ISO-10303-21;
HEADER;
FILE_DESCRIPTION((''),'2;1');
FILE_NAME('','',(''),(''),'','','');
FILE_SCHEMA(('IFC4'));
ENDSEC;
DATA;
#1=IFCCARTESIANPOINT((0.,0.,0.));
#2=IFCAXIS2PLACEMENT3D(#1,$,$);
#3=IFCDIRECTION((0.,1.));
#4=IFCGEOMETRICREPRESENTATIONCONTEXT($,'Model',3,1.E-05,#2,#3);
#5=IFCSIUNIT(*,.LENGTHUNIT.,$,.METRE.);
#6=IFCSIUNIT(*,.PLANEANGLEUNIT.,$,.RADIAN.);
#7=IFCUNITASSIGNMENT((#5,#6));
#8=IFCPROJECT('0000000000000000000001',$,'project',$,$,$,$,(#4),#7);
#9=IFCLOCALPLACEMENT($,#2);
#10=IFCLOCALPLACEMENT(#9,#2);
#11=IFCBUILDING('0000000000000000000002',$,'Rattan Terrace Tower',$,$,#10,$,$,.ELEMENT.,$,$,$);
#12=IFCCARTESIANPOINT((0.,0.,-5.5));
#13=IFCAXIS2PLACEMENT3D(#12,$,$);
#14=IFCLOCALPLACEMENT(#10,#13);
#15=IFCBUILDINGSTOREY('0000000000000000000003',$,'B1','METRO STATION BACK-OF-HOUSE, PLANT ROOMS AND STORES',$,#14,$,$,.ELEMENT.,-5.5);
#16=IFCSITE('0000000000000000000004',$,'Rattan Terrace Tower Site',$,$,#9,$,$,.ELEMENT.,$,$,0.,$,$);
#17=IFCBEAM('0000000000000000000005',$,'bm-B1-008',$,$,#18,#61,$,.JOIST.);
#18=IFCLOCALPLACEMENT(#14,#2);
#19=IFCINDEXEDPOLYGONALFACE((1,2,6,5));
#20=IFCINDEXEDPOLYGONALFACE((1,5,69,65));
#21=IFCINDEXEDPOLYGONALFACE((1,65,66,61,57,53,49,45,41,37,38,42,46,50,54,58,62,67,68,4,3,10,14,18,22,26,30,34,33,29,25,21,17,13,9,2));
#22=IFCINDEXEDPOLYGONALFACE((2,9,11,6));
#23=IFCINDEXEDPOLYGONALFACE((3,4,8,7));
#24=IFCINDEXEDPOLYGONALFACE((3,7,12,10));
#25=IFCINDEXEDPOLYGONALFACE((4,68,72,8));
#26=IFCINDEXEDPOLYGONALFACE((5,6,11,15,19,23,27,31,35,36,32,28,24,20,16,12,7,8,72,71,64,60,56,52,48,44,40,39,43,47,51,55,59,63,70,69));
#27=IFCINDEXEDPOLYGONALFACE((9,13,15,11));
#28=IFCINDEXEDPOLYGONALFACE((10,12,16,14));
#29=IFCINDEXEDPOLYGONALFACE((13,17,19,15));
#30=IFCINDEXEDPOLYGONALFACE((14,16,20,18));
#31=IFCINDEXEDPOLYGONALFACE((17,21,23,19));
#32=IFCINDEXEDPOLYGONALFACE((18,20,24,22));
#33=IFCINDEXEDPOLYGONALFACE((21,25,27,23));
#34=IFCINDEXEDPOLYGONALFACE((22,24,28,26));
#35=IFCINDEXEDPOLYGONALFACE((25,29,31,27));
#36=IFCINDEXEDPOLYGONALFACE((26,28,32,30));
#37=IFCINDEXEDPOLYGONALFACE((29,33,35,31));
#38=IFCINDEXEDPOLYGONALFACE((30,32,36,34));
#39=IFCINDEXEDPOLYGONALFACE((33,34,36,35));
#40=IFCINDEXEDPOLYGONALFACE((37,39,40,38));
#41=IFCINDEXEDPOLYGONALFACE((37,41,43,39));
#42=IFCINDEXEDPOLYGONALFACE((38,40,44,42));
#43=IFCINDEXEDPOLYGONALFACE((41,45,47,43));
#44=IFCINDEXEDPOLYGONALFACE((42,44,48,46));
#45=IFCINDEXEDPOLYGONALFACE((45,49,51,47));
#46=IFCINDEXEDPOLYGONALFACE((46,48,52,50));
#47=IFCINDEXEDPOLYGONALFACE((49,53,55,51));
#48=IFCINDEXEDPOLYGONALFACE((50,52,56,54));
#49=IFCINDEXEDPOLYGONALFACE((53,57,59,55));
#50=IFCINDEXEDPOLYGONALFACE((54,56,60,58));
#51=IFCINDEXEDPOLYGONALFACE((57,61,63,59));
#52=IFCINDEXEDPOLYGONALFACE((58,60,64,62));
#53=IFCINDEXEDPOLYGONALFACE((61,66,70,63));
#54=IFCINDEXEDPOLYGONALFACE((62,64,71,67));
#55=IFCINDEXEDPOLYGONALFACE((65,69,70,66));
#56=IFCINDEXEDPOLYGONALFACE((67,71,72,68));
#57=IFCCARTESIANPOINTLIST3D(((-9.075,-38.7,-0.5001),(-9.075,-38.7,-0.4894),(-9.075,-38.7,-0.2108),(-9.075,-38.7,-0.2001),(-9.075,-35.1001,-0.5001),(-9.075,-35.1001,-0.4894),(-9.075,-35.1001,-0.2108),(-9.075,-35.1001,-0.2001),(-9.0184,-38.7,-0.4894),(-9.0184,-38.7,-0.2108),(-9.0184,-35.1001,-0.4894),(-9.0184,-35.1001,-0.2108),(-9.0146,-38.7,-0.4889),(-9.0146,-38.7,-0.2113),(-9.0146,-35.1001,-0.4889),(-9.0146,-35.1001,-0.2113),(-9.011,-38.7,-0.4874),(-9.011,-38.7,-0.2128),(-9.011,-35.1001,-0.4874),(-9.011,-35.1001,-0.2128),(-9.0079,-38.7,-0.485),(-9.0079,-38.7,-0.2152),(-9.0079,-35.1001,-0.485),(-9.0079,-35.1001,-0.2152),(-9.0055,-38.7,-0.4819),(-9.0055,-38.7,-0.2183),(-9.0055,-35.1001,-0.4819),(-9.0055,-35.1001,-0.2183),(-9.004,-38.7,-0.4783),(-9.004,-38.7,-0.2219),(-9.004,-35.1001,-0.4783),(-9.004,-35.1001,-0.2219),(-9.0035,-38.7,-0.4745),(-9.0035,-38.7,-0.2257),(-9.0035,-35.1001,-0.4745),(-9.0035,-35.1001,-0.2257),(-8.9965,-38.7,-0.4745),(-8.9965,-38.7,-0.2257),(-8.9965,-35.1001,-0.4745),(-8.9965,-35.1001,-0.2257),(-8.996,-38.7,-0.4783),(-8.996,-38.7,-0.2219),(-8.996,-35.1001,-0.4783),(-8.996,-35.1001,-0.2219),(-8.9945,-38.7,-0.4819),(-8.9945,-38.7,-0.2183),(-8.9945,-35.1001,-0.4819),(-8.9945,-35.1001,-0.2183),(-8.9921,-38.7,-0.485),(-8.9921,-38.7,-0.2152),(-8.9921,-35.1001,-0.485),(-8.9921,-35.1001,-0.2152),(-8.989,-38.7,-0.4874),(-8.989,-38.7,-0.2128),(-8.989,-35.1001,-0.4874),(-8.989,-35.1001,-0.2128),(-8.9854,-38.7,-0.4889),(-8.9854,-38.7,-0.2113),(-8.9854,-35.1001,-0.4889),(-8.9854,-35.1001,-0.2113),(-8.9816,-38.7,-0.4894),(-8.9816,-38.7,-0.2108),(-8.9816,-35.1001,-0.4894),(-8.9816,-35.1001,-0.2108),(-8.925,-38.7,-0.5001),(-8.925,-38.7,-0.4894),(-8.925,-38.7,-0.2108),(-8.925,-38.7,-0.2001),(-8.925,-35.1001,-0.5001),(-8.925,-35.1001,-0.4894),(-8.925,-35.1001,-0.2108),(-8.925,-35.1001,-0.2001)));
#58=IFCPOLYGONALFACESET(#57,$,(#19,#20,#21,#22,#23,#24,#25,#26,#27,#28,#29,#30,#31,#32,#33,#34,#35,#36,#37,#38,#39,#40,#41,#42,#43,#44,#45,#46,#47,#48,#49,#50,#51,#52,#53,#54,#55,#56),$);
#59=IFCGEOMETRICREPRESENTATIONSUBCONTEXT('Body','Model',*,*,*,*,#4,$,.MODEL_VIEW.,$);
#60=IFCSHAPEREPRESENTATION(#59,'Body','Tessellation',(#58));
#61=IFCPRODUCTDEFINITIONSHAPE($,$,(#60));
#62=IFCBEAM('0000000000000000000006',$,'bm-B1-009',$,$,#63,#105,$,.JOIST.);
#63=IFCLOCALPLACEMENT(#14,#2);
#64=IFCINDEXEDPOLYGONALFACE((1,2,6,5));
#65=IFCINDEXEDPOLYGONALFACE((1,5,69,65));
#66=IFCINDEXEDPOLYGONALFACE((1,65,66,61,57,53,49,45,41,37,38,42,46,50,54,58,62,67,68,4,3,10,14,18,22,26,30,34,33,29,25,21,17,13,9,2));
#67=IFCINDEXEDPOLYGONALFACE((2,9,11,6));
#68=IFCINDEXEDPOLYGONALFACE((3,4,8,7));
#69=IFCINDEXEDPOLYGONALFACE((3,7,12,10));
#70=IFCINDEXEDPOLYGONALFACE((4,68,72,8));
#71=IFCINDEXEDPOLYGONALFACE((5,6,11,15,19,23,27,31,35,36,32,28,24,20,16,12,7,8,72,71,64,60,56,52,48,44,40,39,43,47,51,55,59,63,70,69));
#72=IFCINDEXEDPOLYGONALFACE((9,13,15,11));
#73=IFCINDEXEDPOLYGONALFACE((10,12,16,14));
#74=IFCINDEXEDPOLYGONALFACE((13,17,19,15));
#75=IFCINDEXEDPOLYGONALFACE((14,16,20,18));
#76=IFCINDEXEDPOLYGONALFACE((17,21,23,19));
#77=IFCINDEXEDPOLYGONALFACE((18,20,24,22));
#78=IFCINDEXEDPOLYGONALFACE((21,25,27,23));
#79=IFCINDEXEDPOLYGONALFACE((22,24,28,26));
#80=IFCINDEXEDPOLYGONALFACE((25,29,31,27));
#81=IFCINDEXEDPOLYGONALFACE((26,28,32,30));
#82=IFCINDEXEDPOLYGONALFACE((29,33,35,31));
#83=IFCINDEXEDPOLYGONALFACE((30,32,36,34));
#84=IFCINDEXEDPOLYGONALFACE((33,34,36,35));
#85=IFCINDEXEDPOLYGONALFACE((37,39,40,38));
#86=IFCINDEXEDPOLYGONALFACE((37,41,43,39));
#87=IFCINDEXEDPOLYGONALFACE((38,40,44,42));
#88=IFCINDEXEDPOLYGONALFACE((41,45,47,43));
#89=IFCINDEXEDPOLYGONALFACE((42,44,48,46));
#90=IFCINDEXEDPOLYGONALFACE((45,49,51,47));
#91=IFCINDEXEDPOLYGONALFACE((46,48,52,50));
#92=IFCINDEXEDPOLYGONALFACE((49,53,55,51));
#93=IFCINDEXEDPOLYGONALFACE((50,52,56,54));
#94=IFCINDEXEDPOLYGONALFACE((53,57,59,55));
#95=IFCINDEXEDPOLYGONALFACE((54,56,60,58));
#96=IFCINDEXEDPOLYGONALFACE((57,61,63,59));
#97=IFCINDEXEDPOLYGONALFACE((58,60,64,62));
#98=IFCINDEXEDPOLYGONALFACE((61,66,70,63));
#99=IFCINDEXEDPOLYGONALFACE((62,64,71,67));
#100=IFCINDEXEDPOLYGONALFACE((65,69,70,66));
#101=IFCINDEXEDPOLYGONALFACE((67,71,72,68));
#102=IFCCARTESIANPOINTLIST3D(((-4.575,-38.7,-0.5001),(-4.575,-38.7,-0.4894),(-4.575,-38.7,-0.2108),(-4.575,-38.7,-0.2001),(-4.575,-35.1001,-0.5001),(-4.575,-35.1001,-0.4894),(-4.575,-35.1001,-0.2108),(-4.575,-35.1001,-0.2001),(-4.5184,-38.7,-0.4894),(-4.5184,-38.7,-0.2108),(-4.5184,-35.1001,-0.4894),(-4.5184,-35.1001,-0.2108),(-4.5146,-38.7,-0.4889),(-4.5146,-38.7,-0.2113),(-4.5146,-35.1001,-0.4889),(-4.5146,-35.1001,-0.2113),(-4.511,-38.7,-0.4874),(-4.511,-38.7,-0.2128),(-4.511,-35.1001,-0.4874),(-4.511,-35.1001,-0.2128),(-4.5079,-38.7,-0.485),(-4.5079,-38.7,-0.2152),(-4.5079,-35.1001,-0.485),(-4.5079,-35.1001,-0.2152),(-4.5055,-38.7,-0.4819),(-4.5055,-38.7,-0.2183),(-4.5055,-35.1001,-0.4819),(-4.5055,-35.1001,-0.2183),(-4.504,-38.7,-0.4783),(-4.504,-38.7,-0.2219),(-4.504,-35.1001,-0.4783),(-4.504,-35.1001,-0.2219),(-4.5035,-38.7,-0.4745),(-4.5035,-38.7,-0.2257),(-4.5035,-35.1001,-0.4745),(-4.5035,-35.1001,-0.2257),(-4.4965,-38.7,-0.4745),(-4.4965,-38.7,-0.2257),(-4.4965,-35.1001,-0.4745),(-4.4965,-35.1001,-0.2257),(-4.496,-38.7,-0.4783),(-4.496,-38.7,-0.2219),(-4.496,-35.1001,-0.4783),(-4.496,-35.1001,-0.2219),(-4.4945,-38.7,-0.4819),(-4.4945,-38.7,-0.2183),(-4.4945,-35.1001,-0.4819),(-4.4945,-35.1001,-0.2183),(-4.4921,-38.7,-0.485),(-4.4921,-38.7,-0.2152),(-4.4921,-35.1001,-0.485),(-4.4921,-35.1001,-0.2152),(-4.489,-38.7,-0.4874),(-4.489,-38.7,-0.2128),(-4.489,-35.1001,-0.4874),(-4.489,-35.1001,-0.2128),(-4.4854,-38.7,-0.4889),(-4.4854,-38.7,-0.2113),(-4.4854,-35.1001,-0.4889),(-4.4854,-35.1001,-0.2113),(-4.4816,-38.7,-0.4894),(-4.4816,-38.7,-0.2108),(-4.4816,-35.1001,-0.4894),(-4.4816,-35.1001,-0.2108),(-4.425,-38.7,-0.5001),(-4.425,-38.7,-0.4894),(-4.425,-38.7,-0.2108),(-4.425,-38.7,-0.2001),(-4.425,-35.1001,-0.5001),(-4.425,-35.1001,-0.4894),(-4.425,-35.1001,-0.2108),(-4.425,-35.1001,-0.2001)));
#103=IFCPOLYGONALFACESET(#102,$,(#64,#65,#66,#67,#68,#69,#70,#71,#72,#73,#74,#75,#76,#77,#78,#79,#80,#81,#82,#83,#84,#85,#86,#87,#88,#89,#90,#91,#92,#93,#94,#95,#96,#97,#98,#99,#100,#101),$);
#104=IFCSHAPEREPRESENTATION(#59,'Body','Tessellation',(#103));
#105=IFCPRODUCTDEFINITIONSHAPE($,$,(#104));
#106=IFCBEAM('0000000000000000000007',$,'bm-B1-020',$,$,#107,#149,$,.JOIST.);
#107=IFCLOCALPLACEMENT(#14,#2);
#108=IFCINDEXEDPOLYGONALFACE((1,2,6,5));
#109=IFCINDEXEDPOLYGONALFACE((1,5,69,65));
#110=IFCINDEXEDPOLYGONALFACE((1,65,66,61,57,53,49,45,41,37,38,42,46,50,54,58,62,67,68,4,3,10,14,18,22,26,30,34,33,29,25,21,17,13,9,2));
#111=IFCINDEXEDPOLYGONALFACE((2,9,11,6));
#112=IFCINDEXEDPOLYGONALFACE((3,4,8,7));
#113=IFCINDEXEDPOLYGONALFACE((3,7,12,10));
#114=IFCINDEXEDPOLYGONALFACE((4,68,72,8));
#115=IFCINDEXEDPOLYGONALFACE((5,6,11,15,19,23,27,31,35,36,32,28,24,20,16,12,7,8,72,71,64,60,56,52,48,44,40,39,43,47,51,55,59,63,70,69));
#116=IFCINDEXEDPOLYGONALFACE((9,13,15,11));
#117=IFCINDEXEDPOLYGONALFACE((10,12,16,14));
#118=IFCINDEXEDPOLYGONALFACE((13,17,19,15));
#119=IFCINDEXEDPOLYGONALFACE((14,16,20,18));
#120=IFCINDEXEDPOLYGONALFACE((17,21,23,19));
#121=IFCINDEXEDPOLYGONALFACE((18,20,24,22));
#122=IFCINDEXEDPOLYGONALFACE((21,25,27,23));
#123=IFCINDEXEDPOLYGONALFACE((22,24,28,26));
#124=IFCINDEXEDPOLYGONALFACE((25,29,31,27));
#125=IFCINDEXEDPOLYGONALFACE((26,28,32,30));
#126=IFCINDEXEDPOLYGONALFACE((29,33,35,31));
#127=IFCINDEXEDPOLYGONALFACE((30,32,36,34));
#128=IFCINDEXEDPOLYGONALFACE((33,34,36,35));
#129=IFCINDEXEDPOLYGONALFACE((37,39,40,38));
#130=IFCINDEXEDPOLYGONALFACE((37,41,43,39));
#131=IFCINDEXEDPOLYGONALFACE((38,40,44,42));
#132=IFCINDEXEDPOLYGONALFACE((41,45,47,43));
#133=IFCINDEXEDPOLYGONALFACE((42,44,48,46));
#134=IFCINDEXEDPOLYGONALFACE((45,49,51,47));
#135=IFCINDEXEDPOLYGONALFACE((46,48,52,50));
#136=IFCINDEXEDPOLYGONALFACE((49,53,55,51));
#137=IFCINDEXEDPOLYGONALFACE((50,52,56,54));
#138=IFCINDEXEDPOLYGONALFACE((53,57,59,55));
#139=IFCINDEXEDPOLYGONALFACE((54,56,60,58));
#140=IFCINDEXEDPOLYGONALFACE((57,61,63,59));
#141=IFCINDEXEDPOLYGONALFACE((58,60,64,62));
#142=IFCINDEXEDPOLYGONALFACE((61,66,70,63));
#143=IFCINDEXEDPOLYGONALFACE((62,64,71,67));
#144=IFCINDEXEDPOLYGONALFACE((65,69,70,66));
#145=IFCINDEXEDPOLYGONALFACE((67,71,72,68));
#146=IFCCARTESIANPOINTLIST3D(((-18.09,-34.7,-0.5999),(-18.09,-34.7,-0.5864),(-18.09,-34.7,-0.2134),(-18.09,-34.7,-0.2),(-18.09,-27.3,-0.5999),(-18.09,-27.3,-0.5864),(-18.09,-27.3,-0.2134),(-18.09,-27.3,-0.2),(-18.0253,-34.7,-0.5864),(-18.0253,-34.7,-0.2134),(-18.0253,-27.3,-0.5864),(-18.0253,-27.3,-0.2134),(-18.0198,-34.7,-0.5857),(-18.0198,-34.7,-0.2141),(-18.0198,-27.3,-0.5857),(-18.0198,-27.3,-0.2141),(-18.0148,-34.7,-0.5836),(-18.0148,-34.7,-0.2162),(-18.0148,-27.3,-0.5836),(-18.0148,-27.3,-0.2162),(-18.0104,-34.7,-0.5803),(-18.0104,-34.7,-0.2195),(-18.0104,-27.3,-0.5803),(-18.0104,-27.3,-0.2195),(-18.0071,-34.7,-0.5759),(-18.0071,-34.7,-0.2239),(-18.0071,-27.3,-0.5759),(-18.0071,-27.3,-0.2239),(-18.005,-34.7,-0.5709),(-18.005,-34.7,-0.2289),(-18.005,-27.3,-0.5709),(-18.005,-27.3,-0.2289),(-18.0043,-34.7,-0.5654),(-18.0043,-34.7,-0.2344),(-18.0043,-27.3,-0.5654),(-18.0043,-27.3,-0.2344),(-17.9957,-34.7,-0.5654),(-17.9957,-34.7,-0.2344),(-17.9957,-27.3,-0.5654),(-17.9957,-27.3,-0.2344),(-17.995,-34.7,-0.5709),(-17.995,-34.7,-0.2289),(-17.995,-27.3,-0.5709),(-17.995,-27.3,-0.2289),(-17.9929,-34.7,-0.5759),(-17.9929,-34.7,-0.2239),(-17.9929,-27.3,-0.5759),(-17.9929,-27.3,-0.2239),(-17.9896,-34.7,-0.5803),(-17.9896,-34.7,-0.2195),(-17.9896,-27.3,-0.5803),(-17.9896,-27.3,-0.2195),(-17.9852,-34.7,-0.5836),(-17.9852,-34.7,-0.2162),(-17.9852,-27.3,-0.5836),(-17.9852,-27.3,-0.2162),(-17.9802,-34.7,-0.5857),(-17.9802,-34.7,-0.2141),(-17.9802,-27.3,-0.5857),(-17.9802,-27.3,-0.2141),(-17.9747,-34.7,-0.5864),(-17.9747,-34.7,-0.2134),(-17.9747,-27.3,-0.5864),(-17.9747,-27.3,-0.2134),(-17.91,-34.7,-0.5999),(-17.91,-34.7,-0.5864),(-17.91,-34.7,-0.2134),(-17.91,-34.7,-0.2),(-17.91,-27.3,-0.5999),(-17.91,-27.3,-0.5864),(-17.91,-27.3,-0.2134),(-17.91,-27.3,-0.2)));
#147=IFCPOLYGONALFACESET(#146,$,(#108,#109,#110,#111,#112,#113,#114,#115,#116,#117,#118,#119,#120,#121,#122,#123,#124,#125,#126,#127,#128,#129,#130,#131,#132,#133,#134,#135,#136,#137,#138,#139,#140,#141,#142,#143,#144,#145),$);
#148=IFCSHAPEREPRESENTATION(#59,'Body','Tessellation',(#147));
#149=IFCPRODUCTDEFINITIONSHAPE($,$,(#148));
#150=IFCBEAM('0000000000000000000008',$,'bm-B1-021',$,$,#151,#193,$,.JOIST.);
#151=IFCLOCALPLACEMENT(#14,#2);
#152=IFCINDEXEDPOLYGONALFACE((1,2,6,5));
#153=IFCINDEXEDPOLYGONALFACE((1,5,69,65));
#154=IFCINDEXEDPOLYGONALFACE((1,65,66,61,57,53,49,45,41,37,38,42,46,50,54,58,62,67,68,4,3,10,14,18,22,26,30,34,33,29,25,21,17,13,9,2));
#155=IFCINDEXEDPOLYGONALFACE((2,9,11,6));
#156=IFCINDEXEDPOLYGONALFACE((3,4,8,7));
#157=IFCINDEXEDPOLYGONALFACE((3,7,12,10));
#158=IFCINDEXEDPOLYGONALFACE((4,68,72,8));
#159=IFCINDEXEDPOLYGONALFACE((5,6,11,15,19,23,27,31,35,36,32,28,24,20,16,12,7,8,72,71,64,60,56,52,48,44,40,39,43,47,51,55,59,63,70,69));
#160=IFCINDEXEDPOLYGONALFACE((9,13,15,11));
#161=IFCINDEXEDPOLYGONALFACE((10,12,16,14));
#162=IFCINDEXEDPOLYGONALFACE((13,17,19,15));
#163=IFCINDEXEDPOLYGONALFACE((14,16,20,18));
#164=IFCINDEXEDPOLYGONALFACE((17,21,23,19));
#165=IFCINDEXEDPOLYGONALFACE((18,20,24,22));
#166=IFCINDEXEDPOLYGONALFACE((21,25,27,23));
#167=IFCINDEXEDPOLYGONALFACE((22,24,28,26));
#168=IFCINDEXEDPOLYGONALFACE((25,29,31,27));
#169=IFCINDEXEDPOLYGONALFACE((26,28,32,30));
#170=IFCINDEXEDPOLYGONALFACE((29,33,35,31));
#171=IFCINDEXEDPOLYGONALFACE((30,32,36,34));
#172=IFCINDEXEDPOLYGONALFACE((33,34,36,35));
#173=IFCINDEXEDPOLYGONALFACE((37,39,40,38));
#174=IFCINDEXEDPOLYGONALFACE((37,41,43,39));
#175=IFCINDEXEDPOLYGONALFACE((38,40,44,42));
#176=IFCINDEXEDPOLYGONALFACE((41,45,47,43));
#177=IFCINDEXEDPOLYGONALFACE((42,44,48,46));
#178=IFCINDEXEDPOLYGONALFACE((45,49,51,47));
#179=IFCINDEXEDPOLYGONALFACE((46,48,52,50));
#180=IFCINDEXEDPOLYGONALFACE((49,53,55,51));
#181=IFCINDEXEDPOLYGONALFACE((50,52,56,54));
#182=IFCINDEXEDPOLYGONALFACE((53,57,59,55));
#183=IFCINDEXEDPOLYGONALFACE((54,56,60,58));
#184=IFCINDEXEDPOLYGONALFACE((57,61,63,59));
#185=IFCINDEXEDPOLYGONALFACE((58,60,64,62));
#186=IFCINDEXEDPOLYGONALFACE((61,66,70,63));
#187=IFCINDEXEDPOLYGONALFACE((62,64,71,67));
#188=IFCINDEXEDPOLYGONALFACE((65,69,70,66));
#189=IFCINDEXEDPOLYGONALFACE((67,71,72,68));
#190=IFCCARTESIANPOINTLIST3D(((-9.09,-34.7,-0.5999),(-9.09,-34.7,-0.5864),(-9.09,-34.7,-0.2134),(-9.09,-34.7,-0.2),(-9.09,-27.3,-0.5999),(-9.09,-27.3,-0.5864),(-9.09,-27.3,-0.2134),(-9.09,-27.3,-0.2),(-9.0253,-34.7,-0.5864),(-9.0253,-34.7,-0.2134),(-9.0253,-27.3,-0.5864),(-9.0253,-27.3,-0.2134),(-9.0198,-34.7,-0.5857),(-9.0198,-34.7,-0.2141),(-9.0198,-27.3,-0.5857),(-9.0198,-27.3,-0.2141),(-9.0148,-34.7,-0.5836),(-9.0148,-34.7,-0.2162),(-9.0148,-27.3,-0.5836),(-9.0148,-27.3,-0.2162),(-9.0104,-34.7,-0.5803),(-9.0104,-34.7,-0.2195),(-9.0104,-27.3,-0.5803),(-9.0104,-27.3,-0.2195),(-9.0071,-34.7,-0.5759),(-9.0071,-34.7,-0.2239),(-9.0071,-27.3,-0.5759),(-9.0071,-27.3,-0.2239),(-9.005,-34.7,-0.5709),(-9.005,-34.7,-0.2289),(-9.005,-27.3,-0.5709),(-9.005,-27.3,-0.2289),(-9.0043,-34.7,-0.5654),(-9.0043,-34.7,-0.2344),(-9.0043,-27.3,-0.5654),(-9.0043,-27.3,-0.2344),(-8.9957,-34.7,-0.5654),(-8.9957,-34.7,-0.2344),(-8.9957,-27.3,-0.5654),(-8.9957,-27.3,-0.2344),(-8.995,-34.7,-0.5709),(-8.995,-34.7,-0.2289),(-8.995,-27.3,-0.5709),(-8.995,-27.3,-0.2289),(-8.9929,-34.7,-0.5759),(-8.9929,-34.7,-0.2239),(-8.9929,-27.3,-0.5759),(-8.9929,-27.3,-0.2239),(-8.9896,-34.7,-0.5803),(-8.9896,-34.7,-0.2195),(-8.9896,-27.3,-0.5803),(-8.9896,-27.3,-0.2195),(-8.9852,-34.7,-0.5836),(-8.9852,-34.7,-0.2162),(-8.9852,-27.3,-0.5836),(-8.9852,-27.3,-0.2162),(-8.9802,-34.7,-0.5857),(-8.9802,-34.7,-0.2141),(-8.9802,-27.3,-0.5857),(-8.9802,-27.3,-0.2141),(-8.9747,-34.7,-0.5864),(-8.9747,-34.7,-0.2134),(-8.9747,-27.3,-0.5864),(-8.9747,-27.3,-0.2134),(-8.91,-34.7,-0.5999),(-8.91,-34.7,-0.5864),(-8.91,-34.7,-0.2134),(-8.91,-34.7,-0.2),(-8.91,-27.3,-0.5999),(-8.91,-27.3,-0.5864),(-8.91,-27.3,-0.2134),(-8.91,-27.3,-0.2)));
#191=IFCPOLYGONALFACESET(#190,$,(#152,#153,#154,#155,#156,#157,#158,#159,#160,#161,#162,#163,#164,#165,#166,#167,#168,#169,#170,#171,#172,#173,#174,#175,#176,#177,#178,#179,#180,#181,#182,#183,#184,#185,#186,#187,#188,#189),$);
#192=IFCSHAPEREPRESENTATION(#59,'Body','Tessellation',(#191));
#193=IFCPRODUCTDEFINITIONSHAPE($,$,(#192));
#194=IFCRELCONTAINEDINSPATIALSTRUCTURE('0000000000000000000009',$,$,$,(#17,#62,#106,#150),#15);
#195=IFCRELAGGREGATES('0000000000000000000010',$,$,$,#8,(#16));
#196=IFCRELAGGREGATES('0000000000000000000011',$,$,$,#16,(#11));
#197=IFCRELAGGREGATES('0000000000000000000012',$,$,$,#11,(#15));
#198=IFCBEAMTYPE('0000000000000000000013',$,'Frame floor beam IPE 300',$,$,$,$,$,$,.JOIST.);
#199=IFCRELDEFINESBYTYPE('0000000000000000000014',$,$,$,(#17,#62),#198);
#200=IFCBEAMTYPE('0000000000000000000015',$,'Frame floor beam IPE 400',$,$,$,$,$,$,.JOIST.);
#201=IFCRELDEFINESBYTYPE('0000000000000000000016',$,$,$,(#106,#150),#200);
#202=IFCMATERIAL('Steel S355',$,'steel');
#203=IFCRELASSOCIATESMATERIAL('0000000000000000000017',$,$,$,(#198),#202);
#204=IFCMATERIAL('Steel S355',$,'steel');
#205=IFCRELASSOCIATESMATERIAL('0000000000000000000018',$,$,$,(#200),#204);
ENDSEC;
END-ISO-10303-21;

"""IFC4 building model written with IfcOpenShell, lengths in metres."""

from ifc_helpers import new_model, si_unit, direction, frame, origin, origin_2d, place, context, subcontext, project, spatial, i_section, extrude, material, material_profile, profile_set, type_object, element, save


model = new_model("IFC4")

# Units and contexts
model_context = context("Model", 3, precision=1e-05, world=origin(), true_north=direction((0.0, 1.0)))
body_context = subcontext(model_context, "Body", "Model", "MODEL_VIEW")
ifc_project = project(units=[si_unit("LENGTHUNIT", "METRE"), si_unit("PLANEANGLEUNIT", "RADIAN")], contexts=[model_context])

# Site, building, storey
site_placement = place(None, origin())
site = spatial("IfcSite", under=ifc_project, at=site_placement, Name="Rattan Terrace Tower Site", CompositionType="ELEMENT", RefElevation=0.0)
building_placement = place(site_placement, origin())
building = spatial("IfcBuilding", under=site, at=building_placement, Name="Rattan Terrace Tower", CompositionType="ELEMENT")
storey_placement = place(building_placement, frame((0.0, 0.0, -5.5)))
storey = spatial("IfcBuildingStorey", under=building, at=storey_placement, Name="B1", Description="METRO STATION BACK-OF-HOUSE, PLANT ROOMS AND STORES", CompositionType="ELEMENT", Elevation=-5.5)

# Beams
ifc_material_1 = material(Name="Steel S355", Category="steel")
ifc_material_profile_1 = material_profile(ifc_material_1, i_section(OverallWidth=0.1499, OverallDepth=0.3, WebThickness=0.0071, FlangeThickness=0.0107, FilletRadius=0.0149, at=origin_2d()), Name="IPE 300")
ifc_profile_set_1 = profile_set([ifc_material_profile_1], Name="Steel S355")
beam_type_1 = type_object("IfcBeamType", Name="Frame floor beam IPE 300", PredefinedType="JOIST", material=ifc_profile_set_1)
for number, where, z_axis, x_axis, name in (
    (1, (-9.0, -38.7, -0.3501), (0.0, 1.0, 0.0), (-1.0, 0.0, 0.0), "bm-B1-008"),
    (2, (-4.5, -38.7, -0.3501), (0.0, 1.0, 0.0), (-1.0, 0.0, 0.0), "bm-B1-009"),
):
    element("IfcBeam", number, at=place(storey_placement, frame(where, z_axis=z_axis, x_axis=x_axis)), inside=storey, type_object=beam_type_1, Name=name, PredefinedType="JOIST", context=body_context, shape_type="SweptSolid", body=[
        extrude(i_section(OverallWidth=0.1499, OverallDepth=0.3, WebThickness=0.0071, FlangeThickness=0.0107, FilletRadius=0.0149, at=origin_2d()), origin(), (0.0, 0.0, 1.0), 3.5999),
    ])
ifc_material_2 = material(Name="Steel S355", Category="steel")
ifc_material_profile_2 = material_profile(ifc_material_2, i_section(OverallWidth=0.1799, OverallDepth=0.3999, WebThickness=0.0085, FlangeThickness=0.0134, FilletRadius=0.021, at=origin_2d()), Name="IPE 400")
ifc_profile_set_2 = profile_set([ifc_material_profile_2], Name="Steel S355")
beam_type_2 = type_object("IfcBeamType", Name="Frame floor beam IPE 400", PredefinedType="JOIST", material=ifc_profile_set_2)
for number, where, z_axis, x_axis, name in (
    (3, (-18.0, -34.7, -0.3999), (0.0, 1.0, 0.0), (-1.0, 0.0, 0.0), "bm-B1-020"),
    (4, (-9.0, -34.7, -0.3999), (0.0, 1.0, 0.0), (-1.0, 0.0, 0.0), "bm-B1-021"),
):
    element("IfcBeam", number, at=place(storey_placement, frame(where, z_axis=z_axis, x_axis=x_axis)), inside=storey, type_object=beam_type_2, Name=name, PredefinedType="JOIST", context=body_context, shape_type="SweptSolid", body=[
        extrude(i_section(OverallWidth=0.1799, OverallDepth=0.3999, WebThickness=0.0085, FlangeThickness=0.0134, FilletRadius=0.021, at=origin_2d()), origin(), (0.0, 0.0, 1.0), 7.3999),
    ])

save(model, "model.ifc")
